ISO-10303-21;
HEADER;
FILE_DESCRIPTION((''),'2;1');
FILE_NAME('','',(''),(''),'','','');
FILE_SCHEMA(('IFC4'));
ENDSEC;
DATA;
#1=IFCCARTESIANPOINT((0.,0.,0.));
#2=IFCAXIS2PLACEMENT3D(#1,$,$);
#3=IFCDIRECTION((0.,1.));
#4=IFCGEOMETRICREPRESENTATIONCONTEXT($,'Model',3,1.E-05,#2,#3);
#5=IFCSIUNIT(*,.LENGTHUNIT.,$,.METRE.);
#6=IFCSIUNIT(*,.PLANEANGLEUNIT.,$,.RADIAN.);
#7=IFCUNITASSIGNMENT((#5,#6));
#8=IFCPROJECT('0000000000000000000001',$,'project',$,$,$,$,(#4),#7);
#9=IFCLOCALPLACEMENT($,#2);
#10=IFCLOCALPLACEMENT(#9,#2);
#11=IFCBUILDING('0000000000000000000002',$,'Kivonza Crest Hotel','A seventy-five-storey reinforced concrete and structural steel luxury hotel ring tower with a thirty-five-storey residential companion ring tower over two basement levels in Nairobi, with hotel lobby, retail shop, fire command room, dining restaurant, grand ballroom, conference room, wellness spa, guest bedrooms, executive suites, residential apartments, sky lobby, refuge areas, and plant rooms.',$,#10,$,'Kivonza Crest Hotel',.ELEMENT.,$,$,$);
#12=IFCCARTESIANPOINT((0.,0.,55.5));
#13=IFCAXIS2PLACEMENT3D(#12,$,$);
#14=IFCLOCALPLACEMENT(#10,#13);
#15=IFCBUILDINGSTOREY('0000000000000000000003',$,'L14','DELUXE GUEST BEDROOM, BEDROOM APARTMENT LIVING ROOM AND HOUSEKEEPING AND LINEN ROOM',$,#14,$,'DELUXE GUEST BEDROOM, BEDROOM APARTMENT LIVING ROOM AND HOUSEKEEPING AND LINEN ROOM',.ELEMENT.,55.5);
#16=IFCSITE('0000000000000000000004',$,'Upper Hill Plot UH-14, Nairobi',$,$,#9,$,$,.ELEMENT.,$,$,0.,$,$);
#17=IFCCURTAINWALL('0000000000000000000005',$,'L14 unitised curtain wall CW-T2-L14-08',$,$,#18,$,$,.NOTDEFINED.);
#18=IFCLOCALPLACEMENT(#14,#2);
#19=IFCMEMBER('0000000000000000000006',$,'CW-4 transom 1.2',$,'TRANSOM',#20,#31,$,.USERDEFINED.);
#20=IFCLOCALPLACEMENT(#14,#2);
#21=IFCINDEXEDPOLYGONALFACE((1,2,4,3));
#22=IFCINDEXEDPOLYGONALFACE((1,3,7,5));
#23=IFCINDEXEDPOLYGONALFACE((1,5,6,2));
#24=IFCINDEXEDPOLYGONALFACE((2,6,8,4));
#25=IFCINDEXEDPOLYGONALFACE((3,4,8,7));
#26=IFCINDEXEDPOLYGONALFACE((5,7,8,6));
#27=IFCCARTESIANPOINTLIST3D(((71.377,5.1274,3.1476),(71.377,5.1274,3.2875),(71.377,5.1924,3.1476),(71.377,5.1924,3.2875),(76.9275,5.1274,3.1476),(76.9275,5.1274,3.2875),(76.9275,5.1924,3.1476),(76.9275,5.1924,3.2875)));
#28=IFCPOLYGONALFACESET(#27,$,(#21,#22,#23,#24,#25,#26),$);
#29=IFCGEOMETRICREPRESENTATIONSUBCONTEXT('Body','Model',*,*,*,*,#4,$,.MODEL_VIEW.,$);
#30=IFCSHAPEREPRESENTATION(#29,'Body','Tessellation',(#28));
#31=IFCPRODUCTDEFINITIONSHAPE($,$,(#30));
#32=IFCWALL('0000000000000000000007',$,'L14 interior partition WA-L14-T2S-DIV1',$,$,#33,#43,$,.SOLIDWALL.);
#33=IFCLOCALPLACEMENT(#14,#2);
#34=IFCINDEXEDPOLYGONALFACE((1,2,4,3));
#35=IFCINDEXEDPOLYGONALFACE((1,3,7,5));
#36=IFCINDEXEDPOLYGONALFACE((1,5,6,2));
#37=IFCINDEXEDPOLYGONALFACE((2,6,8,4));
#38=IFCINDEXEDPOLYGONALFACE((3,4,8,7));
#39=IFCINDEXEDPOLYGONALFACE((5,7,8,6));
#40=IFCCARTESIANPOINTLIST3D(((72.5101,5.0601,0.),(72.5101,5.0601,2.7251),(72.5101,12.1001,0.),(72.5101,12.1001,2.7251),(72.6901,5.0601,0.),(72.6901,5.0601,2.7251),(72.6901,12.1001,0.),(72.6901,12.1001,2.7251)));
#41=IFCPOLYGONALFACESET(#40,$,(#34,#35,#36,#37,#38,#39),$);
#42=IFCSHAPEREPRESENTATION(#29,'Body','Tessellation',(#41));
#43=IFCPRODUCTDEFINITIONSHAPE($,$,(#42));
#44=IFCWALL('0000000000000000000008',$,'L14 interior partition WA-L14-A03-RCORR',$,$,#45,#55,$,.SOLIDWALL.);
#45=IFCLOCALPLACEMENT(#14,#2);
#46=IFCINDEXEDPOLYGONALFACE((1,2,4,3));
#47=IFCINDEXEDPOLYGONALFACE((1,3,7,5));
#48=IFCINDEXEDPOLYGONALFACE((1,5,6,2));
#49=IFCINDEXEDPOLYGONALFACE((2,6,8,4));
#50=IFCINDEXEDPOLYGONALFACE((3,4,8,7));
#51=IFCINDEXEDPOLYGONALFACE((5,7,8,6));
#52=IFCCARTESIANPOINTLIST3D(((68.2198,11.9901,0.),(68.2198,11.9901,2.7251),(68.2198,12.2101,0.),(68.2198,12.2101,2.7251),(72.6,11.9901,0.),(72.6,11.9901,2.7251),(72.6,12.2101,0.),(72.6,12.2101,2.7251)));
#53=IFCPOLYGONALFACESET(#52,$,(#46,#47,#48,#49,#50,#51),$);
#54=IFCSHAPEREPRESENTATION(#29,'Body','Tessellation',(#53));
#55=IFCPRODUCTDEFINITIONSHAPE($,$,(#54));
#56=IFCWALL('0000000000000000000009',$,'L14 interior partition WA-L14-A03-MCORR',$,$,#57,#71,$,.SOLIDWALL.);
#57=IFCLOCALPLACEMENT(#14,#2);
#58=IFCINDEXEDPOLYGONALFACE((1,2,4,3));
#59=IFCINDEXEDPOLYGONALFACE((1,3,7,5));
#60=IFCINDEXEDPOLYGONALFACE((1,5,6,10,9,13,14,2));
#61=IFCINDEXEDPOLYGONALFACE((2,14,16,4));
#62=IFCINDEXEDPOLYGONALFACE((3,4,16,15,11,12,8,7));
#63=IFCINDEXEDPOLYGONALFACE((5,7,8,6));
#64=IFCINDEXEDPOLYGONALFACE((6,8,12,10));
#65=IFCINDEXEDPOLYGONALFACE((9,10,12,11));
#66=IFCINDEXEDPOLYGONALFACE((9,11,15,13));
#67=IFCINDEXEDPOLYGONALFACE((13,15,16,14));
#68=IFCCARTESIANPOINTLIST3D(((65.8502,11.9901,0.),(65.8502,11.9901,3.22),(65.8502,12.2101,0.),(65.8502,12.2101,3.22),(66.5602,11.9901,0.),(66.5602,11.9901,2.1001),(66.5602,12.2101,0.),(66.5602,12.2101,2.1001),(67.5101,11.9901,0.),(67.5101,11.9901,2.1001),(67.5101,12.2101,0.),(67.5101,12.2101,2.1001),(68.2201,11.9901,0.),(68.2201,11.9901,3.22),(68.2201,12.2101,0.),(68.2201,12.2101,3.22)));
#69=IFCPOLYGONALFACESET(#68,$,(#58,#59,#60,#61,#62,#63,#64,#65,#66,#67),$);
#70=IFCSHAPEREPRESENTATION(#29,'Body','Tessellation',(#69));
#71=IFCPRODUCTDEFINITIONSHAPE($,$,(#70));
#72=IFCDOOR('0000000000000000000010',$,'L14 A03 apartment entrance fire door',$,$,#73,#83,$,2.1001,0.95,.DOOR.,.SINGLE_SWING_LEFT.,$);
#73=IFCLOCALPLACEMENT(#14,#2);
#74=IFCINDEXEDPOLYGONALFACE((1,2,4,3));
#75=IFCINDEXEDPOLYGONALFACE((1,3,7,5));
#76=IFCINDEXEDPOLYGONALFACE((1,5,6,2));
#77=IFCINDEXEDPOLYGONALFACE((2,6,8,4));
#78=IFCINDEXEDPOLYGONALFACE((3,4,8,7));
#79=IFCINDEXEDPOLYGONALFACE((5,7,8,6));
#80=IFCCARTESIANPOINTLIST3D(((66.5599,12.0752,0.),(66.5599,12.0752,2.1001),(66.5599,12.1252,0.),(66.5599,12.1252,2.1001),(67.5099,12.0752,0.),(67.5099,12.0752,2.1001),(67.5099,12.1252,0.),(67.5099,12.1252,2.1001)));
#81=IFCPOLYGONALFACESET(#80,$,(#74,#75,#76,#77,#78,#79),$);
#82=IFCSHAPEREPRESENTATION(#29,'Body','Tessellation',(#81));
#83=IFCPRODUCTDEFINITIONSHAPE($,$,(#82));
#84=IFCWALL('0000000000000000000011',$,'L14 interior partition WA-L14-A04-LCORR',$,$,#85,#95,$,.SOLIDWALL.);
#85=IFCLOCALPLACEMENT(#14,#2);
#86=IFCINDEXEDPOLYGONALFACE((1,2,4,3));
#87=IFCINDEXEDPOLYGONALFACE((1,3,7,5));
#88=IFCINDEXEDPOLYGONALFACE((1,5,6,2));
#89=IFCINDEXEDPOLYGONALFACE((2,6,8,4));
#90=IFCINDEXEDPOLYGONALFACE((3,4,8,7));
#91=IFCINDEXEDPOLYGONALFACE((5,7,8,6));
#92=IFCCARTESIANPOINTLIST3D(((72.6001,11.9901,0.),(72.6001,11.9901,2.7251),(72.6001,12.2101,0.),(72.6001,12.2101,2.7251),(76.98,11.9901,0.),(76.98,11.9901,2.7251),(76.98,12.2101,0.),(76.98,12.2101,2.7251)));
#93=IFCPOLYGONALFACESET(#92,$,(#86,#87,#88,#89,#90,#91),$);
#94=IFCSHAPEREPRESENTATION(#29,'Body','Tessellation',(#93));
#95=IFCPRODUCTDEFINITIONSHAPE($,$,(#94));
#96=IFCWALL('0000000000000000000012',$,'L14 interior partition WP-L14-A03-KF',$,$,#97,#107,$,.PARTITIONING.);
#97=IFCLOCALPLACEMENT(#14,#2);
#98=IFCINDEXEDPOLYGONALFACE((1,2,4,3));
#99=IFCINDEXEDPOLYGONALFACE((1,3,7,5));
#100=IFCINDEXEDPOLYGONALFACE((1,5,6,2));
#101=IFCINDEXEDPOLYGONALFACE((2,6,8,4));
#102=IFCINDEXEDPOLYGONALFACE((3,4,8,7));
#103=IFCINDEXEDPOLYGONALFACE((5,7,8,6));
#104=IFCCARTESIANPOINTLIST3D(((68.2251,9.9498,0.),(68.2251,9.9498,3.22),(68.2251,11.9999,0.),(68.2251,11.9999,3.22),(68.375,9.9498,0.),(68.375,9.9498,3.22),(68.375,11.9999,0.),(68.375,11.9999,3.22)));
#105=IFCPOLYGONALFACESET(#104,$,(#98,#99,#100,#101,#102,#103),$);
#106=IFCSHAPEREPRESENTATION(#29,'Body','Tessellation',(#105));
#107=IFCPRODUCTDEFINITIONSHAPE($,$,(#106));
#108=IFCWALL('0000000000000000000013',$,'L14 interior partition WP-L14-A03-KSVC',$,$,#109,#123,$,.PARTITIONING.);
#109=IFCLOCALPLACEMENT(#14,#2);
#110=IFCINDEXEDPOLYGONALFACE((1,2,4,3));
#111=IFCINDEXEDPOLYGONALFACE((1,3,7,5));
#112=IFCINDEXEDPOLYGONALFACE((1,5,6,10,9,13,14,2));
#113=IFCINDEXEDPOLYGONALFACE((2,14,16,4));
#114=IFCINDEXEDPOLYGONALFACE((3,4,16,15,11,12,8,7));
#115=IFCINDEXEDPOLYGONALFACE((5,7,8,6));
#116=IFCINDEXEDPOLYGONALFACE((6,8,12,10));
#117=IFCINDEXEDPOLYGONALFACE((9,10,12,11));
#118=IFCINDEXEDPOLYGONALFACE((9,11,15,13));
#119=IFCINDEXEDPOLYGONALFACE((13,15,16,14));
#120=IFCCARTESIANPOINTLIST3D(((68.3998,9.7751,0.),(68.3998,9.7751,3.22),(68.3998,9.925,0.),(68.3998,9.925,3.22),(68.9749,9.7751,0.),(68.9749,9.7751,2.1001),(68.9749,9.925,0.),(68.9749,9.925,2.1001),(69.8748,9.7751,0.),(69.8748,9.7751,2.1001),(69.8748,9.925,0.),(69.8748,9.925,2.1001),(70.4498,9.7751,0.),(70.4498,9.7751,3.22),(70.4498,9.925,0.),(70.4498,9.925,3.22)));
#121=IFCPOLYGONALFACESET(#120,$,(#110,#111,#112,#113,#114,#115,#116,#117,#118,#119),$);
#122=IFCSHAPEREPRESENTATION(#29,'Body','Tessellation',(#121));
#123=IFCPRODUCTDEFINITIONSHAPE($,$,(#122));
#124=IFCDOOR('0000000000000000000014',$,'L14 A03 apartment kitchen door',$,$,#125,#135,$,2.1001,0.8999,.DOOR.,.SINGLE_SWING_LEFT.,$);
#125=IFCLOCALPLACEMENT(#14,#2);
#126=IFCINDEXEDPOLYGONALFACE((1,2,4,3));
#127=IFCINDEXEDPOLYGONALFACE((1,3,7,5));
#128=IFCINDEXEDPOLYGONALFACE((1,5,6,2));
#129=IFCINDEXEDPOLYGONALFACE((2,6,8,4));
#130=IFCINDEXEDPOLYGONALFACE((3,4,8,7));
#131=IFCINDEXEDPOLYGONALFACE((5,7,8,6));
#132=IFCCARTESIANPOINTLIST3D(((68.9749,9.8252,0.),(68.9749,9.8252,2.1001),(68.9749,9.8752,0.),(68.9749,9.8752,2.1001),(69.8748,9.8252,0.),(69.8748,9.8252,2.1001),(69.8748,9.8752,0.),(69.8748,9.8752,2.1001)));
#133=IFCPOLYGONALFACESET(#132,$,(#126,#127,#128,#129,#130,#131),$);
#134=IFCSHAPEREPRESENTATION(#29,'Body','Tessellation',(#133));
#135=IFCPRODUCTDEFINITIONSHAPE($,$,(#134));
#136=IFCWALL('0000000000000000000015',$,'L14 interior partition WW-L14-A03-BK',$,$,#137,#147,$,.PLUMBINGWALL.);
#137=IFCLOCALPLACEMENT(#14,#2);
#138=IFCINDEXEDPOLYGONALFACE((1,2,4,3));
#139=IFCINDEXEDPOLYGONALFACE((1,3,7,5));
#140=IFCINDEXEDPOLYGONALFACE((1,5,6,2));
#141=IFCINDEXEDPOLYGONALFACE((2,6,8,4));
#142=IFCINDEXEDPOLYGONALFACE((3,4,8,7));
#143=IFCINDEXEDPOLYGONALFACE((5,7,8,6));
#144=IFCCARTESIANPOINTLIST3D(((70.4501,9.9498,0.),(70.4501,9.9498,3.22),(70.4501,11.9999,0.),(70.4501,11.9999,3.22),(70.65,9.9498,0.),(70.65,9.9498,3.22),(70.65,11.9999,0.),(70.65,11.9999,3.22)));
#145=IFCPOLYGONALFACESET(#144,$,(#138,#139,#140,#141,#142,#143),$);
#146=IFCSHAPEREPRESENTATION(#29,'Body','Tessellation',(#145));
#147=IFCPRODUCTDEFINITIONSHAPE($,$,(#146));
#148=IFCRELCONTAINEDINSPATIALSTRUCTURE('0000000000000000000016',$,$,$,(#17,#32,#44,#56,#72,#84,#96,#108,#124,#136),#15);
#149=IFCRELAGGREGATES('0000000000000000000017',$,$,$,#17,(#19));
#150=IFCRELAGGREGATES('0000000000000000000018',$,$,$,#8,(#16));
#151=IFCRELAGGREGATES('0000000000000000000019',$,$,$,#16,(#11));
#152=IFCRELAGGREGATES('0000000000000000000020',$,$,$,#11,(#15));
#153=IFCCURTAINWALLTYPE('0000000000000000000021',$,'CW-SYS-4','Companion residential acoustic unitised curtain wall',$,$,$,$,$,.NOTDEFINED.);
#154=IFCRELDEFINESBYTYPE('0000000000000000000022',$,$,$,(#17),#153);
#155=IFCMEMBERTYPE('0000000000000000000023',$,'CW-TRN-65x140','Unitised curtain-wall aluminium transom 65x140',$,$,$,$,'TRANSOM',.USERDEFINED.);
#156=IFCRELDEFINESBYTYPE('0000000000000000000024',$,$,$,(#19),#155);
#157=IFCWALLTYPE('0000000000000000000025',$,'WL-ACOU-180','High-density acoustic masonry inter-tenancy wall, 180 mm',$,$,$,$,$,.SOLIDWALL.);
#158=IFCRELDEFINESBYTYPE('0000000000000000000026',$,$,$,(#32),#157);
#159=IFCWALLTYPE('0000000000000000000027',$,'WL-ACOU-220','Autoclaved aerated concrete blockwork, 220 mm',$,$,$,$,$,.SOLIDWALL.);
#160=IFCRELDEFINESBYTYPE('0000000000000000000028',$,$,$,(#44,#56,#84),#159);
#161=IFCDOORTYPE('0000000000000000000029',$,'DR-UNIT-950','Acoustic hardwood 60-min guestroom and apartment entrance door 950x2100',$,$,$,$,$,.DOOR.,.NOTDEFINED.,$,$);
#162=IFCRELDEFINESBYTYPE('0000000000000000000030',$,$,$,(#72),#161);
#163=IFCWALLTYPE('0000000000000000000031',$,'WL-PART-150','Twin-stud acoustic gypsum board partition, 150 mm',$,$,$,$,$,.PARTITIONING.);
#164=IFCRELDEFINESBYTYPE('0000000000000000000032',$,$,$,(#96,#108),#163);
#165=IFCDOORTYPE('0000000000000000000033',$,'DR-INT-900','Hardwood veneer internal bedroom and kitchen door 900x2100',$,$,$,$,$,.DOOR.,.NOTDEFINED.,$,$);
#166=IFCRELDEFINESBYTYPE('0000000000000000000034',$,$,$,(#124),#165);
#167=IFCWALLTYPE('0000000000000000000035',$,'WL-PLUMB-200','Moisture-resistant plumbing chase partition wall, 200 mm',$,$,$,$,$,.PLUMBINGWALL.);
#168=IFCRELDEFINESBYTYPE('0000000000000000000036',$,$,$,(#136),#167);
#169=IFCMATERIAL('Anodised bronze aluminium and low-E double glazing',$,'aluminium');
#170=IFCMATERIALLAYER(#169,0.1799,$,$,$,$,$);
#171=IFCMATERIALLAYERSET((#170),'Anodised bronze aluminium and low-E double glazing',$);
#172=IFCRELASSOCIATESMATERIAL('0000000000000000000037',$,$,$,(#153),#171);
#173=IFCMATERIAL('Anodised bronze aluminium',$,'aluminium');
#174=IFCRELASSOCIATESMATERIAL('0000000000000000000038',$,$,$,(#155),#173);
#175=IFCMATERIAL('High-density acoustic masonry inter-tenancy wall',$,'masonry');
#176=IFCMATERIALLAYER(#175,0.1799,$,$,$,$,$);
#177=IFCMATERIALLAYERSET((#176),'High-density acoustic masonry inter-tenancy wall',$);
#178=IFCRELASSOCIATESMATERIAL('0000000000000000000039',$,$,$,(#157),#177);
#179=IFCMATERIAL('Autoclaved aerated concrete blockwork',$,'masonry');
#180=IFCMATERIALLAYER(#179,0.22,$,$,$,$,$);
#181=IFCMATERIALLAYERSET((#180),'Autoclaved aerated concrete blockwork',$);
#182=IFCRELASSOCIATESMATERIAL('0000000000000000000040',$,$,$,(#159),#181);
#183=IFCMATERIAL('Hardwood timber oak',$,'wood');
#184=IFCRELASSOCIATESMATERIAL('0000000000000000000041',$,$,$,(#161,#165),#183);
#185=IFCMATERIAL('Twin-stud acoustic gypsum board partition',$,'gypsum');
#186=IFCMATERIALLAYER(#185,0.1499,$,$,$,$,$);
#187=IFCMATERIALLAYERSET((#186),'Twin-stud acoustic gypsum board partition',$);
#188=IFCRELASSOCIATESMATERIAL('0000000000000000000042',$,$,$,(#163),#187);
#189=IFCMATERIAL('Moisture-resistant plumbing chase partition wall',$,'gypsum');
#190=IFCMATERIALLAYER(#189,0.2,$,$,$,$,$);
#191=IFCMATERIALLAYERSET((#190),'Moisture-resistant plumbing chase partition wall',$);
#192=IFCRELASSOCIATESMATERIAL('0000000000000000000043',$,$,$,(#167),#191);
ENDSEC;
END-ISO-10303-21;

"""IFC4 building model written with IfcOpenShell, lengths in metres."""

from ifc_helpers import new_model, si_unit, direction, frame, frame_2d, origin, origin_2d, place, context, subcontext, project, spatial, rectangle, extrude, material, layer, layer_set, material_profile, profile_set, type_object, element, fill, aggregate, save


model = new_model("IFC4")

# Units and contexts
model_context = context("Model", 3, precision=1e-05, world=origin(), true_north=direction((0.0, 1.0)))
body_context = subcontext(model_context, "Body", "Model", "MODEL_VIEW")
ifc_project = project(units=[si_unit("LENGTHUNIT", "METRE"), si_unit("PLANEANGLEUNIT", "RADIAN")], contexts=[model_context])

# Site, building, storey
site_placement = place(None, origin())
site = spatial("IfcSite", under=ifc_project, at=site_placement, Name="Upper Hill Plot UH-14, Nairobi", CompositionType="ELEMENT", RefElevation=0.0)
building_placement = place(site_placement, origin())
building = spatial("IfcBuilding", under=site, at=building_placement, Name="Kivonza Crest Hotel", Description="A seventy-five-storey reinforced concrete and structural steel luxury hotel ring tower with a thirty-five-storey residential companion ring tower over two basement levels in Nairobi, with hotel lobby, retail shop, fire command room, dining restaurant, grand ballroom, conference room, wellness spa, guest bedrooms, executive suites, residential apartments, sky lobby, refuge areas, and plant rooms.", LongName="Kivonza Crest Hotel", CompositionType="ELEMENT")
storey_placement = place(building_placement, frame((0.0, 0.0, 55.5)))
storey = spatial("IfcBuildingStorey", under=building, at=storey_placement, Name="L14", Description="DELUXE GUEST BEDROOM, BEDROOM APARTMENT LIVING ROOM AND HOUSEKEEPING AND LINEN ROOM", LongName="DELUXE GUEST BEDROOM, BEDROOM APARTMENT LIVING ROOM AND HOUSEKEEPING AND LINEN ROOM", CompositionType="ELEMENT", Elevation=55.5)

# Curtain wall, member
ifc_material_1 = material(Name="Anodised bronze aluminium and low-E double glazing", Category="aluminium")
ifc_layer_1 = layer(ifc_material_1, 0.1799)
ifc_layer_set_1 = layer_set([ifc_layer_1], Name="Anodised bronze aluminium and low-E double glazing")
curtain_wall_type = type_object("IfcCurtainWallType", Name="CW-SYS-4", Description="Companion residential acoustic unitised curtain wall", PredefinedType="NOTDEFINED", material=ifc_layer_set_1)
curtain_wall_placement = place(storey_placement, origin())
curtain_wall = element("IfcCurtainWall", 1, at=curtain_wall_placement, inside=storey, type_object=curtain_wall_type, Name="L14 unitised curtain wall CW-T2-L14-08", PredefinedType="NOTDEFINED")
ifc_material_2 = material(Name="Anodised bronze aluminium", Category="aluminium")
ifc_material_profile_1 = material_profile(ifc_material_2, rectangle(XDim=0.0649, YDim=0.1399, at=origin_2d()), Name="CW-T 65x140")
ifc_profile_set_1 = profile_set([ifc_material_profile_1], Name="Anodised bronze aluminium")
member_type_1 = type_object("IfcMemberType", Name="CW-TRN-65x140", Description="Unitised curtain-wall aluminium transom 65x140", ElementType="TRANSOM", PredefinedType="USERDEFINED", material=ifc_profile_set_1)
member_1_placement = place(storey_placement, frame((71.377, 5.1599, 3.2175), z_axis=(1.0, 0.0, 0.0), x_axis=(0.0, 1.0, 0.0)))
member_1 = element("IfcMember", 2, at=member_1_placement, type_object=member_type_1, Name="CW-4 transom 1.2", ObjectType="TRANSOM", PredefinedType="USERDEFINED", context=body_context, shape_type="SweptSolid", body=[
    extrude(rectangle(XDim=0.0649, YDim=0.1399, at=origin_2d()), origin(), (0.0, 0.0, 1.0), 5.5505),
])
aggregate(curtain_wall, [member_1])

# Walls
ifc_material_3 = material(Name="High-density acoustic masonry inter-tenancy wall", Category="masonry")
ifc_layer_2 = layer(ifc_material_3, 0.1799)
ifc_layer_set_2 = layer_set([ifc_layer_2], Name="High-density acoustic masonry inter-tenancy wall")
wall_type_1 = type_object("IfcWallType", Name="WL-ACOU-180", Description="High-density acoustic masonry inter-tenancy wall, 180 mm", PredefinedType="SOLIDWALL", material=ifc_layer_set_2)
wall_1_placement = place(storey_placement, frame((72.6001, 5.0601, 0.0), z_axis=(0.0, 0.0, 1.0), x_axis=(0.0, 1.0, 0.0)))
element("IfcWall", 3, at=wall_1_placement, inside=storey, type_object=wall_type_1, Name="L14 interior partition WA-L14-T2S-DIV1", PredefinedType="SOLIDWALL", context=body_context, shape_type="SweptSolid", body=[
    extrude(rectangle(XDim=7.04, YDim=0.1799, at=frame_2d((3.52, 0.0))), origin(), (0.0, 0.0, 1.0), 2.7251),
])
ifc_material_4 = material(Name="Autoclaved aerated concrete blockwork", Category="masonry")
ifc_layer_3 = layer(ifc_material_4, 0.22)
ifc_layer_set_3 = layer_set([ifc_layer_3], Name="Autoclaved aerated concrete blockwork")
wall_type_2 = type_object("IfcWallType", Name="WL-ACOU-220", Description="Autoclaved aerated concrete blockwork, 220 mm", PredefinedType="SOLIDWALL", material=ifc_layer_set_3)
wall_2_placement = place(storey_placement, frame((68.22, 12.1001, 0.0), z_axis=(0.0, 0.0, 1.0), x_axis=(1.0, 0.0, 0.0)))
element("IfcWall", 4, at=wall_2_placement, inside=storey, type_object=wall_type_2, Name="L14 interior partition WA-L14-A03-RCORR", PredefinedType="SOLIDWALL", context=body_context, shape_type="SweptSolid", body=[
    extrude(rectangle(XDim=4.3801, YDim=0.22, at=frame_2d((2.1899, 0.0))), origin(), (0.0, 0.0, 1.0), 2.7251),
])

# Wall, opening, door
wall_3_placement = place(storey_placement, frame((65.8501, 12.1001, 0.0), z_axis=(0.0, 0.0, 1.0), x_axis=(1.0, 0.0, 0.0)))
wall_3 = element("IfcWall", 5, at=wall_3_placement, inside=storey, type_object=wall_type_2, Name="L14 interior partition WA-L14-A03-MCORR", PredefinedType="SOLIDWALL", context=body_context, shape_type="SweptSolid", body=[
    extrude(rectangle(XDim=2.3699, YDim=0.22, at=frame_2d((1.1851, 0.0))), origin(), (0.0, 0.0, 1.0), 3.22),
])
opening_1_placement = place(wall_3_placement, frame((0.71, 0.0, 0.0)))
opening_1 = element("IfcOpeningElement", 6, at=opening_1_placement, cuts=wall_3, PredefinedType="OPENING", context=body_context, shape_type="SweptSolid", body=[
    extrude(rectangle(XDim=0.95, YDim=2.1001, at=frame_2d((0.4751, 1.05))), frame((0.0, 0.1201, 0.0), z_axis=(0.0, -1.0, 0.0), x_axis=(1.0, 0.0, 0.0)), (0.0, 0.0, 1.0), 0.24),
])
ifc_material_5 = material(Name="Hardwood timber oak", Category="wood")
door_type_1 = type_object("IfcDoorType", Name="DR-UNIT-950", Description="Acoustic hardwood 60-min guestroom and apartment entrance door 950x2100", OperationType="NOTDEFINED", PredefinedType="DOOR", material=ifc_material_5)
door_1_placement = place(opening_1_placement, frame((0.95, 0.0, 0.0), z_axis=(0.0, 0.0, 1.0), x_axis=(-1.0, 0.0, 0.0)))
door_1 = element("IfcDoor", 7, at=door_1_placement, inside=storey, type_object=door_type_1, Name="L14 A03 apartment entrance fire door", OperationType="SINGLE_SWING_LEFT", OverallHeight=2.1001, OverallWidth=0.95, PredefinedType="DOOR", context=body_context, shape_type="SweptSolid", body=[
    extrude(rectangle(XDim=0.95, YDim=2.1001, at=frame_2d((0.4751, 1.05))), frame((0.0, 0.0249, 0.0), z_axis=(0.0, -1.0, 0.0), x_axis=(1.0, 0.0, 0.0)), (0.0, 0.0, 1.0), 0.05),
])
fill(opening_1, door_1)

# Walls
wall_4_placement = place(storey_placement, frame((72.6001, 12.1001, 0.0), z_axis=(0.0, 0.0, 1.0), x_axis=(1.0, 0.0, 0.0)))
element("IfcWall", 8, at=wall_4_placement, inside=storey, type_object=wall_type_2, Name="L14 interior partition WA-L14-A04-LCORR", PredefinedType="SOLIDWALL", context=body_context, shape_type="SweptSolid", body=[
    extrude(rectangle(XDim=4.3799, YDim=0.22, at=frame_2d((2.1899, 0.0))), origin(), (0.0, 0.0, 1.0), 2.7251),
])
ifc_material_6 = material(Name="Twin-stud acoustic gypsum board partition", Category="gypsum")
ifc_layer_4 = layer(ifc_material_6, 0.1499)
ifc_layer_set_4 = layer_set([ifc_layer_4], Name="Twin-stud acoustic gypsum board partition")
wall_type_3 = type_object("IfcWallType", Name="WL-PART-150", Description="Twin-stud acoustic gypsum board partition, 150 mm", PredefinedType="PARTITIONING", material=ifc_layer_set_4)
wall_5_placement = place(storey_placement, frame((68.3, 9.95, 0.0), z_axis=(0.0, 0.0, 1.0), x_axis=(0.0, 1.0, 0.0)))
element("IfcWall", 9, at=wall_5_placement, inside=storey, type_object=wall_type_3, Name="L14 interior partition WP-L14-A03-KF", PredefinedType="PARTITIONING", context=body_context, shape_type="SweptSolid", body=[
    extrude(rectangle(XDim=2.05, YDim=0.1499, at=frame_2d((1.0249, 0.0))), origin(), (0.0, 0.0, 1.0), 3.22),
])

# Wall, opening, door
wall_6_placement = place(storey_placement, frame((68.3999, 9.8501, 0.0), z_axis=(0.0, 0.0, 1.0), x_axis=(1.0, 0.0, 0.0)))
wall_6 = element("IfcWall", 10, at=wall_6_placement, inside=storey, type_object=wall_type_3, Name="L14 interior partition WP-L14-A03-KSVC", PredefinedType="PARTITIONING", context=body_context, shape_type="SweptSolid", body=[
    extrude(rectangle(XDim=2.05, YDim=0.1499, at=frame_2d((1.0249, 0.0))), origin(), (0.0, 0.0, 1.0), 3.22),
])
opening_2_placement = place(wall_6_placement, frame((0.575, 0.0, 0.0)))
opening_2 = element("IfcOpeningElement", 11, at=opening_2_placement, cuts=wall_6, PredefinedType="OPENING", context=body_context, shape_type="SweptSolid", body=[
    extrude(rectangle(XDim=0.8999, YDim=2.1001, at=frame_2d((0.45, 1.05))), frame((0.0, 0.085, 0.0), z_axis=(0.0, -1.0, 0.0), x_axis=(1.0, 0.0, 0.0)), (0.0, 0.0, 1.0), 0.1699),
])
door_type_2 = type_object("IfcDoorType", Name="DR-INT-900", Description="Hardwood veneer internal bedroom and kitchen door 900x2100", OperationType="NOTDEFINED", PredefinedType="DOOR", material=ifc_material_5)
door_2_placement = place(opening_2_placement, frame((0.8999, 0.0, 0.0), z_axis=(0.0, 0.0, 1.0), x_axis=(-1.0, 0.0, 0.0)))
door_2 = element("IfcDoor", 12, at=door_2_placement, inside=storey, type_object=door_type_2, Name="L14 A03 apartment kitchen door", OperationType="SINGLE_SWING_LEFT", OverallHeight=2.1001, OverallWidth=0.8999, PredefinedType="DOOR", context=body_context, shape_type="SweptSolid", body=[
    extrude(rectangle(XDim=0.8999, YDim=2.1001, at=frame_2d((0.45, 1.05))), frame((0.0, 0.0249, 0.0), z_axis=(0.0, -1.0, 0.0), x_axis=(1.0, 0.0, 0.0)), (0.0, 0.0, 1.0), 0.05),
])
fill(opening_2, door_2)

# Wall
ifc_material_7 = material(Name="Moisture-resistant plumbing chase partition wall", Category="gypsum")
ifc_layer_5 = layer(ifc_material_7, 0.2)
ifc_layer_set_5 = layer_set([ifc_layer_5], Name="Moisture-resistant plumbing chase partition wall")
wall_type_4 = type_object("IfcWallType", Name="WL-PLUMB-200", Description="Moisture-resistant plumbing chase partition wall, 200 mm", PredefinedType="PLUMBINGWALL", material=ifc_layer_set_5)
wall_7_placement = place(storey_placement, frame((70.55, 9.95, 0.0), z_axis=(0.0, 0.0, 1.0), x_axis=(0.0, 1.0, 0.0)))
element("IfcWall", 13, at=wall_7_placement, inside=storey, type_object=wall_type_4, Name="L14 interior partition WW-L14-A03-BK", PredefinedType="PLUMBINGWALL", context=body_context, shape_type="SweptSolid", body=[
    extrude(rectangle(XDim=2.05, YDim=0.2, at=frame_2d((1.0249, 0.0))), origin(), (0.0, 0.0, 1.0), 3.22),
])

save(model, "model.ifc")
